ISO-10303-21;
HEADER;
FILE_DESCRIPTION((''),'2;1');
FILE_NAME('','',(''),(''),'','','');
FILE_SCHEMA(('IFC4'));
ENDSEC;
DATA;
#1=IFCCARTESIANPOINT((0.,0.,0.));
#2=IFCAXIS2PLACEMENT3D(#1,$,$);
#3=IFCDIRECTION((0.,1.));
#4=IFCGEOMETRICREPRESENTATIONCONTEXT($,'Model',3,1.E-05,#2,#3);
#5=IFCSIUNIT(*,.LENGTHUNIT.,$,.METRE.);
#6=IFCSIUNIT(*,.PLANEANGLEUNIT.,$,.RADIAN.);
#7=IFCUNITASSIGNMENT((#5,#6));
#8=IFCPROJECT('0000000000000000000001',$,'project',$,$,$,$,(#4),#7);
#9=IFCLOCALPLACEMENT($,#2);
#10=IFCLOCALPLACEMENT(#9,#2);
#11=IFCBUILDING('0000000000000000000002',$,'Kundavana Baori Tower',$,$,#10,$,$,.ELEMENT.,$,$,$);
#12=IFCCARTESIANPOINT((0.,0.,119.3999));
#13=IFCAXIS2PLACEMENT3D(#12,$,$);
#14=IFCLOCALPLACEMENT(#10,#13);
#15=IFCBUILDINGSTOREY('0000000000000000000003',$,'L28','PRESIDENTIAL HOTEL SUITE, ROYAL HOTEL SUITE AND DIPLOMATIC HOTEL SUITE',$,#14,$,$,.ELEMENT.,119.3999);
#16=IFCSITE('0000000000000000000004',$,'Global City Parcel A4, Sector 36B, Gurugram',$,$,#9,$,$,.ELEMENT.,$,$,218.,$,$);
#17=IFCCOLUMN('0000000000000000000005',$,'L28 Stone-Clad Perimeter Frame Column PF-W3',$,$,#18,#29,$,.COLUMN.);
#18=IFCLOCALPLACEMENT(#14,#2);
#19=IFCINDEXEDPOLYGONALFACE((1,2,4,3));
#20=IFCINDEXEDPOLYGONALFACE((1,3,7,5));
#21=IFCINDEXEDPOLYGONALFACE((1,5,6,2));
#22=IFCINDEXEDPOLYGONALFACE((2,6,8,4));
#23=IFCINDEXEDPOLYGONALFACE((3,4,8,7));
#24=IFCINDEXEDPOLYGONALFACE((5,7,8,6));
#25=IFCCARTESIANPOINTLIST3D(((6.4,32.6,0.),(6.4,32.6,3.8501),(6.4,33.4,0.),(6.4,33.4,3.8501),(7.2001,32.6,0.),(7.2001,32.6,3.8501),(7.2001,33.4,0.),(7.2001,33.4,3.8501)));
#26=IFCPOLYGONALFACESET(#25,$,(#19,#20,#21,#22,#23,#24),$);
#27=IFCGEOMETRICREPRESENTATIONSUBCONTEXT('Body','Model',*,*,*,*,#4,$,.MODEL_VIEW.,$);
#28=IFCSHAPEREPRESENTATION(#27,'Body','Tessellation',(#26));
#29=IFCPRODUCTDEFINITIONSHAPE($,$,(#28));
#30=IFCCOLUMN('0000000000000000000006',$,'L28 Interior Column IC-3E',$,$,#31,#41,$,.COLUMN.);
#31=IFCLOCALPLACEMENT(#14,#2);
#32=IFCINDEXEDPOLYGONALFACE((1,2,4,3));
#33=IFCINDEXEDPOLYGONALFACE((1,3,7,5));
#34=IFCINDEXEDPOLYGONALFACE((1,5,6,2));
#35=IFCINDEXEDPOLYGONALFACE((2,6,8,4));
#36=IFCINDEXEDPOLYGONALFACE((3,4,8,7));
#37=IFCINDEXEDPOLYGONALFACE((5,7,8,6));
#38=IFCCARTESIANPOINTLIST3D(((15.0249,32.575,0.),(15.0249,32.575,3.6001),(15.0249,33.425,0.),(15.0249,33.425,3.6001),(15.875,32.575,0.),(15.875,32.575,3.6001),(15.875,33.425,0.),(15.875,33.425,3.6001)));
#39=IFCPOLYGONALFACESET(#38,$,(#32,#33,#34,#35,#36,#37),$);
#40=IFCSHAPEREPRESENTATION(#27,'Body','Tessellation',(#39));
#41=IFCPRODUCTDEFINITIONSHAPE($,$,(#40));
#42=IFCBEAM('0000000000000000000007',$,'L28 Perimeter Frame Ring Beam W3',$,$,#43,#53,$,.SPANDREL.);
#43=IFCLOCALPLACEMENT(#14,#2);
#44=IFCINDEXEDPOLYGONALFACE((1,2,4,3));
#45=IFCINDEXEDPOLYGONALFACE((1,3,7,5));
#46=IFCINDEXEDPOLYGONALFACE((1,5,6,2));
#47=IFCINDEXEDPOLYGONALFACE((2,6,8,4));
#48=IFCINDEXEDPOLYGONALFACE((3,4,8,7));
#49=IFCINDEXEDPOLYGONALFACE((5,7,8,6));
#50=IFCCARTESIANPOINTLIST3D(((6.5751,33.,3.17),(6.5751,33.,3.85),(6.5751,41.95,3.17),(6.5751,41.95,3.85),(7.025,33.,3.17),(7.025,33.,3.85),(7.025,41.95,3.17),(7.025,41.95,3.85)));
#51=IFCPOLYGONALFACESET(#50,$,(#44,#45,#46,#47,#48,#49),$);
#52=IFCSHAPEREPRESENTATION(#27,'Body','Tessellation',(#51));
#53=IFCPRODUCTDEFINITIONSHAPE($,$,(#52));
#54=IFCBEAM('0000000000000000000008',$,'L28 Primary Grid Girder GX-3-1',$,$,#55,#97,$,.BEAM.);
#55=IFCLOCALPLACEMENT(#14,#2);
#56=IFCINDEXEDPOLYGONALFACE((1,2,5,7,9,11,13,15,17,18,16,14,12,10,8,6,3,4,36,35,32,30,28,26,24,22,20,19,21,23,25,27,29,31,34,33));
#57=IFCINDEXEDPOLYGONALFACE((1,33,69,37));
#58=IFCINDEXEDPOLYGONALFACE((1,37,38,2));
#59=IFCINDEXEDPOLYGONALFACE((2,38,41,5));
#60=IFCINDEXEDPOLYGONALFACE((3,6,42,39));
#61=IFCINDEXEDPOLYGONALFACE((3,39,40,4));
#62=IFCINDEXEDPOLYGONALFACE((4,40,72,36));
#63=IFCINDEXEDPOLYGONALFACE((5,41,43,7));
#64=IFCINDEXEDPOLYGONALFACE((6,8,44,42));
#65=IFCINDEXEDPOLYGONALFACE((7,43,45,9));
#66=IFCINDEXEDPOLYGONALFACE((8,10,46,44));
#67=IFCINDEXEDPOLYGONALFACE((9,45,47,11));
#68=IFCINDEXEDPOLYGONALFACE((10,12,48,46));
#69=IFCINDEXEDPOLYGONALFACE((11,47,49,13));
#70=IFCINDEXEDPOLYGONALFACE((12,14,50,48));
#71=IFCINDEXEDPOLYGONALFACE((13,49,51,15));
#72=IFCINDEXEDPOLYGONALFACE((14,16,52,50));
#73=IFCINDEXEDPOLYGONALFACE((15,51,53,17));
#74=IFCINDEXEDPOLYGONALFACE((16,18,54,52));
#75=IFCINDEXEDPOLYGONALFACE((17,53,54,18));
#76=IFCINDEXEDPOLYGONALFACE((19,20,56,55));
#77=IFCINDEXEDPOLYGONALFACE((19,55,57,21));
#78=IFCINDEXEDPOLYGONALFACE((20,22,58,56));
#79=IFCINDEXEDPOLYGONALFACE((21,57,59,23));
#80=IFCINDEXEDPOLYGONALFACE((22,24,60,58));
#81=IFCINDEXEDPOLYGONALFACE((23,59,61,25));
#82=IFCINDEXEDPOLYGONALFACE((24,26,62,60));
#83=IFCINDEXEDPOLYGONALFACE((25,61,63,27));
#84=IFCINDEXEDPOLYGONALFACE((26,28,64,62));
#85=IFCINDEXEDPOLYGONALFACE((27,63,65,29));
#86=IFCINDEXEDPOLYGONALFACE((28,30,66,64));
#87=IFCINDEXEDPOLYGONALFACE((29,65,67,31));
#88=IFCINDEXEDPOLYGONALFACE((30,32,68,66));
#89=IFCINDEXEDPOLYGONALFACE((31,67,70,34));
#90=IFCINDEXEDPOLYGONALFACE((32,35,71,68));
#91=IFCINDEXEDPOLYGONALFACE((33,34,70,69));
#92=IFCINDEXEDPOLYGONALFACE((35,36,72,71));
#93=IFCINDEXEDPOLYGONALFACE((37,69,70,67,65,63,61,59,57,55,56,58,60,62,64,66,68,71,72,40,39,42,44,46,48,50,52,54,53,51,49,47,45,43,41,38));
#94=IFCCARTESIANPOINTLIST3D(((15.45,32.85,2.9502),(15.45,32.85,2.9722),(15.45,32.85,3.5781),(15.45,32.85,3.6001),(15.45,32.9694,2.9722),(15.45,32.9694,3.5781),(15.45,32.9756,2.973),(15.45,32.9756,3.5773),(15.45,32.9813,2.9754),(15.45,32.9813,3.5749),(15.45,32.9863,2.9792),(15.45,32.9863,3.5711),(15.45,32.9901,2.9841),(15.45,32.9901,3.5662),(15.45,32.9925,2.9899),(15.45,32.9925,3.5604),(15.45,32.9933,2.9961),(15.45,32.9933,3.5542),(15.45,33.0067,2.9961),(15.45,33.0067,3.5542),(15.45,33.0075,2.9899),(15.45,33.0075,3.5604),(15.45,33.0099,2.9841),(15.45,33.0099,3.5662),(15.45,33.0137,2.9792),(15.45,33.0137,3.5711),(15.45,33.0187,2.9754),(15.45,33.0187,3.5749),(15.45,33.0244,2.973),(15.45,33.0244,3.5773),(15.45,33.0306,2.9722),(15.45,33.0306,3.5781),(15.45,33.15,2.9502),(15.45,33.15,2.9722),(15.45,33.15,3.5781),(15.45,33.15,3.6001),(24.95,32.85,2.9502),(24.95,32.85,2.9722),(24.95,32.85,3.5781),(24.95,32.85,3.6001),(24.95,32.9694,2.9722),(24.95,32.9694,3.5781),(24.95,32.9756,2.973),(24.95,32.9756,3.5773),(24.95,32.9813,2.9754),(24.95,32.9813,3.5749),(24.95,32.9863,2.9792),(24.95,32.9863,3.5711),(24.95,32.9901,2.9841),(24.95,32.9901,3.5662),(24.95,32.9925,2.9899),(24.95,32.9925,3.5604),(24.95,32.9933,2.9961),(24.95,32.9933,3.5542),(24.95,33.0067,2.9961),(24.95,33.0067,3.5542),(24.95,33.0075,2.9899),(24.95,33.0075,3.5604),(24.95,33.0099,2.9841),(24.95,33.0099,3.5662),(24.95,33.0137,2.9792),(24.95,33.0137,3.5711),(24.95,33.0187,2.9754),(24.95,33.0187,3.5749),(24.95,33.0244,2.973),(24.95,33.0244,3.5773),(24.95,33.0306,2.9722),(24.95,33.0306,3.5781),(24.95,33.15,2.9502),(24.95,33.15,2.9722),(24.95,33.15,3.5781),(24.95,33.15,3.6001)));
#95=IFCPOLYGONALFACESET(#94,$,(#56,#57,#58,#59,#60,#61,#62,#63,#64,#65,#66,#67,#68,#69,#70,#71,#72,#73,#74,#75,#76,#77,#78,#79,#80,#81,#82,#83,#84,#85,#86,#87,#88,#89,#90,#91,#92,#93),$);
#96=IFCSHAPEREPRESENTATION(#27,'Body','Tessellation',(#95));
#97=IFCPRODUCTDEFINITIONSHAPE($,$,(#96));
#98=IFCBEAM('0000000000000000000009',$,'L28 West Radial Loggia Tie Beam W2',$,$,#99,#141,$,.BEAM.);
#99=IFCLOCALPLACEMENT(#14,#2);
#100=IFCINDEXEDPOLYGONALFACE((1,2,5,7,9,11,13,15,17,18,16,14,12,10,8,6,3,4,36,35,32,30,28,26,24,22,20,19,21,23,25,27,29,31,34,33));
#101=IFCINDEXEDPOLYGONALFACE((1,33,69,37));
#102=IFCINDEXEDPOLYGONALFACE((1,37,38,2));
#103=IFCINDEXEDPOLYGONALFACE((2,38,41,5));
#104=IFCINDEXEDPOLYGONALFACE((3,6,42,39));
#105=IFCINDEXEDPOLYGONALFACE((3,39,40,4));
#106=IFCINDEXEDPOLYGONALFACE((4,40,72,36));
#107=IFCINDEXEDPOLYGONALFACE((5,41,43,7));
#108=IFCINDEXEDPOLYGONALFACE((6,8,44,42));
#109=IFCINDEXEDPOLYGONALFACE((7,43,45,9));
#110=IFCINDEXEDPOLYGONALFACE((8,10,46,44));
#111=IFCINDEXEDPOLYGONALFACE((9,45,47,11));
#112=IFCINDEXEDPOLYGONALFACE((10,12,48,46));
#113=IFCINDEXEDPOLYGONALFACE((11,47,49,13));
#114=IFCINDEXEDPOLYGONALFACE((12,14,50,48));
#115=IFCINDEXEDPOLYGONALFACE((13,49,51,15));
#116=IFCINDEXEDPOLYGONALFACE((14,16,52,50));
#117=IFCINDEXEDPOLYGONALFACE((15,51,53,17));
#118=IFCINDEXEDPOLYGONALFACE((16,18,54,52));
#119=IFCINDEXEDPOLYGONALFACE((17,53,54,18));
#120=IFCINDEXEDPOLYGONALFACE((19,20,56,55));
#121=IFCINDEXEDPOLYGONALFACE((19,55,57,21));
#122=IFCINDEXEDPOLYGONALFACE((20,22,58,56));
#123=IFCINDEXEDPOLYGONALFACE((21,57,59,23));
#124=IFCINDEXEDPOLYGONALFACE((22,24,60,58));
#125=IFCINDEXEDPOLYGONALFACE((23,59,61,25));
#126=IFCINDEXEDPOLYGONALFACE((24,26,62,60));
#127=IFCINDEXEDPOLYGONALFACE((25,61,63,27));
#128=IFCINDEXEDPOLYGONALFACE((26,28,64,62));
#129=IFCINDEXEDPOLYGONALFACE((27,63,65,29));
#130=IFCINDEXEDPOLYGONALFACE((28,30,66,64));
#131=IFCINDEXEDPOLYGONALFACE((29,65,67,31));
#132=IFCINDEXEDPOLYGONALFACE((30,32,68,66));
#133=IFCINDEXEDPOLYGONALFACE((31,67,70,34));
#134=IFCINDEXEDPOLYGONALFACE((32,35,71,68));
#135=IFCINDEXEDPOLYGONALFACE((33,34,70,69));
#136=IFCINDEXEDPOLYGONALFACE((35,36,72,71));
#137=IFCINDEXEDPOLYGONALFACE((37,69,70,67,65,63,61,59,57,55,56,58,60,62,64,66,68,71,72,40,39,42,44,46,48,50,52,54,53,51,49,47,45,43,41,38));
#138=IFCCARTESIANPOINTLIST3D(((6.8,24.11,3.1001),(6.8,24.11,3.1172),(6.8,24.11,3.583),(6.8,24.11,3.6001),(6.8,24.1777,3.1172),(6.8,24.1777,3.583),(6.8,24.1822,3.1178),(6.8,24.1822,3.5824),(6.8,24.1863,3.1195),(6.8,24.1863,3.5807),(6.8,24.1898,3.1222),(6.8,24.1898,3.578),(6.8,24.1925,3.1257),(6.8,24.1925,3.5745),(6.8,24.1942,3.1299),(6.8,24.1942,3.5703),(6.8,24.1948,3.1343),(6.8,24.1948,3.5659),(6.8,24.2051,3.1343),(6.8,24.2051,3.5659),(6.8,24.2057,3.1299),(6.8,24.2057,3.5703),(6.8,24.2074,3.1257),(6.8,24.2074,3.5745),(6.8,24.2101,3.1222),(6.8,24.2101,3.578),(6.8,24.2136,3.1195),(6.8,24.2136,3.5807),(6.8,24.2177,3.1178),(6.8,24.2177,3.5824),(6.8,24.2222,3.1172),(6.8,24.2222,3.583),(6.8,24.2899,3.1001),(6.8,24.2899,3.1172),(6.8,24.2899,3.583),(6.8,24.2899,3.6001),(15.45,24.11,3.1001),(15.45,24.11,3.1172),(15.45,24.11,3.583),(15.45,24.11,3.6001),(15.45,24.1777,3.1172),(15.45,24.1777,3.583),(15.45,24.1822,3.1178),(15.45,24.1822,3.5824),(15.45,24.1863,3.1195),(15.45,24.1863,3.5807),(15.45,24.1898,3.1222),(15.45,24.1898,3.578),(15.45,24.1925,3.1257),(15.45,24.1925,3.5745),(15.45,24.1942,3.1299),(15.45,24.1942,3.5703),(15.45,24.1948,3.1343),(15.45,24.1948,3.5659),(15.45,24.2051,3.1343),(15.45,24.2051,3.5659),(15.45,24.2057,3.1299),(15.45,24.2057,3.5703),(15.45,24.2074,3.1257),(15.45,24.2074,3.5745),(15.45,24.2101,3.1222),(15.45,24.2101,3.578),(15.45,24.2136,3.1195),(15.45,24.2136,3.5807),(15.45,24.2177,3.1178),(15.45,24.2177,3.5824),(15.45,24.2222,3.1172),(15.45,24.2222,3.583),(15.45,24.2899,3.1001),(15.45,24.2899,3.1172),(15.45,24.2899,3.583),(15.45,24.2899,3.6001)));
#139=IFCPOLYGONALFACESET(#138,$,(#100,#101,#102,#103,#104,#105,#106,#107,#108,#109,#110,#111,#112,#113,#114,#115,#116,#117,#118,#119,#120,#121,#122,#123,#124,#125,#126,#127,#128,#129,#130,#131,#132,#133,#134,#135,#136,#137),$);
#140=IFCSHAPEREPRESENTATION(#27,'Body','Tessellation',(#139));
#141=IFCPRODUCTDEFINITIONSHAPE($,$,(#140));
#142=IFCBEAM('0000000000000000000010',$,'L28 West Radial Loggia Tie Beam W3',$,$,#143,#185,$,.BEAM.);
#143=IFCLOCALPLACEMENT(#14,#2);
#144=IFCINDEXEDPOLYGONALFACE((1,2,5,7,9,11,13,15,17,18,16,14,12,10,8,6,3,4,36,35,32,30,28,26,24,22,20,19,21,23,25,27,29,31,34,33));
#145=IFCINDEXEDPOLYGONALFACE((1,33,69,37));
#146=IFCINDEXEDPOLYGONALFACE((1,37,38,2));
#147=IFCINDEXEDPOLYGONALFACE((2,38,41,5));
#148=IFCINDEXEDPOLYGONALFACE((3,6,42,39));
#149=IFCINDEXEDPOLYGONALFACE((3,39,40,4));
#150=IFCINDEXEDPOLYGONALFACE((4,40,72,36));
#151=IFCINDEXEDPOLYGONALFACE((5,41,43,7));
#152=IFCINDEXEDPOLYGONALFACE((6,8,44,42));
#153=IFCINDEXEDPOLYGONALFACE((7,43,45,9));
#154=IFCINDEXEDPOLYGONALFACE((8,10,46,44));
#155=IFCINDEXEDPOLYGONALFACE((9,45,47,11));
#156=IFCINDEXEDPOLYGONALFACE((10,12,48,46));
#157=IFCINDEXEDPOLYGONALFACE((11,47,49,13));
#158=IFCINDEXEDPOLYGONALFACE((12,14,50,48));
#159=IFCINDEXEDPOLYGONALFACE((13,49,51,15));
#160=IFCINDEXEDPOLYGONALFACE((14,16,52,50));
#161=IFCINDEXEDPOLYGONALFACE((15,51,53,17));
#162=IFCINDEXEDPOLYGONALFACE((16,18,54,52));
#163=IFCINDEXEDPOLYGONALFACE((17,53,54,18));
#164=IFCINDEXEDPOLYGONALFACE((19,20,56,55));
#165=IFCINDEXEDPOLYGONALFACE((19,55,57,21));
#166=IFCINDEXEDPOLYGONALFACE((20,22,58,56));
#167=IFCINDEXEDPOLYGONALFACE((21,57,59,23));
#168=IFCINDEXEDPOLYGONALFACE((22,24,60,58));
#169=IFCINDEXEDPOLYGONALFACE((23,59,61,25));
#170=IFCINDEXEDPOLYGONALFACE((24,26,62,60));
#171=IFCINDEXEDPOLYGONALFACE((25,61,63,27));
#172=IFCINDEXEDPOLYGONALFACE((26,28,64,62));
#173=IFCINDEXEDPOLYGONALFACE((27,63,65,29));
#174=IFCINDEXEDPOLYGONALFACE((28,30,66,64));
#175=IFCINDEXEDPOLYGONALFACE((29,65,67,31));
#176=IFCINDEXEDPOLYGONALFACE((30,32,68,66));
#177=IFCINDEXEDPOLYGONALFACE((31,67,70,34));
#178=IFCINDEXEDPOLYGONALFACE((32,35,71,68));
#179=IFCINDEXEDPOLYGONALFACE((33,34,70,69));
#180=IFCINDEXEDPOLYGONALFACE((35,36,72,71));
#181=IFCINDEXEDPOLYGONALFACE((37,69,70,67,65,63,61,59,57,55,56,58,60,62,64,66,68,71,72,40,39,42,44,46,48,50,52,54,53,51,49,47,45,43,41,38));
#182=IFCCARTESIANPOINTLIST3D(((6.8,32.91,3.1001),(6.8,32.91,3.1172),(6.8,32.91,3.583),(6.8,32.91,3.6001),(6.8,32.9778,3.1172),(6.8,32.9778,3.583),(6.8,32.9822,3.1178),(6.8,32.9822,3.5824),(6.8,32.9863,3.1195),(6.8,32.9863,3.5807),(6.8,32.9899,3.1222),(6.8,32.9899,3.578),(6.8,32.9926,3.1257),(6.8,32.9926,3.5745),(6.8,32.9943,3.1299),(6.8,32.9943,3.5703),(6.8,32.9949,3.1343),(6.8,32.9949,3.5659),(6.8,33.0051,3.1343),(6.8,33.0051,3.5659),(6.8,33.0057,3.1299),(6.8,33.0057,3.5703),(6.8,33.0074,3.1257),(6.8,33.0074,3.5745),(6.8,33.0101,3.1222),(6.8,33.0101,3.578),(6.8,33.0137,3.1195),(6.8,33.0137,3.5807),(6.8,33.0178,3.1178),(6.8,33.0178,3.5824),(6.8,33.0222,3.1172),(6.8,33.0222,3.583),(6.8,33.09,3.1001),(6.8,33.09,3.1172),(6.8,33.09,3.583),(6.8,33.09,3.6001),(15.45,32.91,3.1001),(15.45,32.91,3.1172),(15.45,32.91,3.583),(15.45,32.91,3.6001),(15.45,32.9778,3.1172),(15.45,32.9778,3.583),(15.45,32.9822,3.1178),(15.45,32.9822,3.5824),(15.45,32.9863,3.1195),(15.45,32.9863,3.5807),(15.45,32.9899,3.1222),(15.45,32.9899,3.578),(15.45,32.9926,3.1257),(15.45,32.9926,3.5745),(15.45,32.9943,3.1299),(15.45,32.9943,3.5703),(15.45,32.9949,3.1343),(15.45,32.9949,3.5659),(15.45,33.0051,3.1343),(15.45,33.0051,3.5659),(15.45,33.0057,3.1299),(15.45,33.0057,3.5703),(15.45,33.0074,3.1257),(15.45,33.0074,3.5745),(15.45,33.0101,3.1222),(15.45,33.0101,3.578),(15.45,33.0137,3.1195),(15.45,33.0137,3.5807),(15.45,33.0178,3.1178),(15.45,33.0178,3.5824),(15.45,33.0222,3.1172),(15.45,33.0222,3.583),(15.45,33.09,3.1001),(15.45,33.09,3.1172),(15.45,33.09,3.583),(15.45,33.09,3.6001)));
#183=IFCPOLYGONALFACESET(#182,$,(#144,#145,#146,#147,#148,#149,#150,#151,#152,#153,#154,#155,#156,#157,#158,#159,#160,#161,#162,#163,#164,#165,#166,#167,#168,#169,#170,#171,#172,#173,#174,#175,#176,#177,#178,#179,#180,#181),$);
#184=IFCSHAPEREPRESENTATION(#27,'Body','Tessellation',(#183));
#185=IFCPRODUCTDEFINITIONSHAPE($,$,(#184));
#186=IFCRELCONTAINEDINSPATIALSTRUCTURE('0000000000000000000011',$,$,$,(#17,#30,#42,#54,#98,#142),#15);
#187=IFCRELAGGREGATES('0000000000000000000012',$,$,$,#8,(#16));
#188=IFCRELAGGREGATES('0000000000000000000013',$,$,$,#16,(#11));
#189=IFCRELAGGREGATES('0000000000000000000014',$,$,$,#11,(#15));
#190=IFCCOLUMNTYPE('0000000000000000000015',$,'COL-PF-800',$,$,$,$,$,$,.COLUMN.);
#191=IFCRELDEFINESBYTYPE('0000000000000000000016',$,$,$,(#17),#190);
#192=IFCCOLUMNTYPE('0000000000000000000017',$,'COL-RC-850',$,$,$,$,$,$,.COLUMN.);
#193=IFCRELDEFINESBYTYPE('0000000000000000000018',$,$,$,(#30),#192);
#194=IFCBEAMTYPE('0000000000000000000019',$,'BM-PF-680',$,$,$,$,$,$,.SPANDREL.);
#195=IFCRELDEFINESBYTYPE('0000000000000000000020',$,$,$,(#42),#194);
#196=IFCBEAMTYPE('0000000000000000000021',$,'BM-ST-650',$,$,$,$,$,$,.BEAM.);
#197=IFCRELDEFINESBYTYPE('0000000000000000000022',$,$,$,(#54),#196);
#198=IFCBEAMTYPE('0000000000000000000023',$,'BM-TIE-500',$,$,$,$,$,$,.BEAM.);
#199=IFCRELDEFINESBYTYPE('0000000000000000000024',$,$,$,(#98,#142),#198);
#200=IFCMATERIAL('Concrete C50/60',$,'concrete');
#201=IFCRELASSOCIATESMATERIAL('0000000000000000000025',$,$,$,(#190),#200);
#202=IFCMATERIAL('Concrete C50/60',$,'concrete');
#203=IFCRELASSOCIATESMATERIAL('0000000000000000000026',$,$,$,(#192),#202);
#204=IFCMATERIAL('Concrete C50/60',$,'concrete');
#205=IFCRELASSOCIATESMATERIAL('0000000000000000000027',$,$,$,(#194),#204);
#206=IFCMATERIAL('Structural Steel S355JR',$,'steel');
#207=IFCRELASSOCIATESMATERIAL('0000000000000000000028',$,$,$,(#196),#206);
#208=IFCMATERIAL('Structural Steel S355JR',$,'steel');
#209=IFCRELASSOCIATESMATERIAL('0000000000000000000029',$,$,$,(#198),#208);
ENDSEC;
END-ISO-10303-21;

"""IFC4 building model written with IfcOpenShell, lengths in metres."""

from ifc_helpers import new_model, si_unit, direction, frame, origin, origin_2d, place, context, subcontext, project, spatial, rectangle, i_section, extrude, material, material_profile, profile_set, type_object, element, save


model = new_model("IFC4")

# Units and contexts
model_context = context("Model", 3, precision=1e-05, world=origin(), true_north=direction((0.0, 1.0)))
body_context = subcontext(model_context, "Body", "Model", "MODEL_VIEW")
ifc_project = project(units=[si_unit("LENGTHUNIT", "METRE"), si_unit("PLANEANGLEUNIT", "RADIAN")], contexts=[model_context])

# Site, building, storey
site_placement = place(None, origin())
site = spatial("IfcSite", under=ifc_project, at=site_placement, Name="Global City Parcel A4, Sector 36B, Gurugram", CompositionType="ELEMENT", RefElevation=218.0)
building_placement = place(site_placement, origin())
building = spatial("IfcBuilding", under=site, at=building_placement, Name="Kundavana Baori Tower", CompositionType="ELEMENT")
storey_placement = place(building_placement, frame((0.0, 0.0, 119.3999)))
storey = spatial("IfcBuildingStorey", under=building, at=storey_placement, Name="L28", Description="PRESIDENTIAL HOTEL SUITE, ROYAL HOTEL SUITE AND DIPLOMATIC HOTEL SUITE", CompositionType="ELEMENT", Elevation=119.3999)

# Columns
ifc_material_1 = material(Name="Concrete C50/60", Category="concrete")
ifc_material_profile_1 = material_profile(ifc_material_1, rectangle(XDim=0.8, YDim=0.8, at=origin_2d()), Name="RC PF 800x800")
ifc_profile_set_1 = profile_set([ifc_material_profile_1], Name="Concrete C50/60")
column_type_1 = type_object("IfcColumnType", Name="COL-PF-800", PredefinedType="COLUMN", material=ifc_profile_set_1)
column_1_placement = place(storey_placement, frame((6.8, 33.0, 0.0), z_axis=(0.0, 0.0, 1.0), x_axis=(1.0, 0.0, 0.0)))
element("IfcColumn", 1, at=column_1_placement, inside=storey, type_object=column_type_1, Name="L28 Stone-Clad Perimeter Frame Column PF-W3", PredefinedType="COLUMN", context=body_context, shape_type="SweptSolid", body=[
    extrude(rectangle(XDim=0.8, YDim=0.8, at=origin_2d()), origin(), (0.0, 0.0, 1.0), 3.8501),
])
ifc_material_2 = material(Name="Concrete C50/60", Category="concrete")
ifc_material_profile_2 = material_profile(ifc_material_2, rectangle(XDim=0.8501, YDim=0.8501, at=origin_2d()), Name="RC 850x850")
ifc_profile_set_2 = profile_set([ifc_material_profile_2], Name="Concrete C50/60")
column_type_2 = type_object("IfcColumnType", Name="COL-RC-850", PredefinedType="COLUMN", material=ifc_profile_set_2)
column_2_placement = place(storey_placement, frame((15.45, 33.0, 0.0), z_axis=(0.0, 0.0, 1.0), x_axis=(1.0, 0.0, 0.0)))
element("IfcColumn", 2, at=column_2_placement, inside=storey, type_object=column_type_2, Name="L28 Interior Column IC-3E", PredefinedType="COLUMN", context=body_context, shape_type="SweptSolid", body=[
    extrude(rectangle(XDim=0.8501, YDim=0.8501, at=origin_2d()), origin(), (0.0, 0.0, 1.0), 3.6001),
])

# Beams
ifc_material_3 = material(Name="Concrete C50/60", Category="concrete")
ifc_material_profile_3 = material_profile(ifc_material_3, rectangle(XDim=0.45, YDim=0.6799, at=origin_2d()), Name="RC BM 450x680")
ifc_profile_set_3 = profile_set([ifc_material_profile_3], Name="Concrete C50/60")
beam_type_1 = type_object("IfcBeamType", Name="BM-PF-680", PredefinedType="SPANDREL", material=ifc_profile_set_3)
beam_1_placement = place(storey_placement, frame((6.8, 33.0, 3.51), z_axis=(0.0, 1.0, 0.0), x_axis=(-1.0, 0.0, 0.0)))
element("IfcBeam", 3, at=beam_1_placement, inside=storey, type_object=beam_type_1, Name="L28 Perimeter Frame Ring Beam W3", PredefinedType="SPANDREL", context=body_context, shape_type="SweptSolid", body=[
    extrude(rectangle(XDim=0.45, YDim=0.6799, at=origin_2d()), origin(), (0.0, 0.0, 1.0), 8.95),
])
ifc_material_4 = material(Name="Structural Steel S355JR", Category="steel")
ifc_material_profile_4 = material_profile(ifc_material_4, i_section(OverallWidth=0.3, OverallDepth=0.6499, WebThickness=0.0134, FlangeThickness=0.022, FilletRadius=0.0239, at=origin_2d()), Name="NPB 650x300x155")
ifc_profile_set_4 = profile_set([ifc_material_profile_4], Name="Structural Steel S355JR")
beam_type_2 = type_object("IfcBeamType", Name="BM-ST-650", PredefinedType="BEAM", material=ifc_profile_set_4)
beam_2_placement = place(storey_placement, frame((15.45, 33.0, 3.2751), z_axis=(1.0, 0.0, 0.0), x_axis=(0.0, 1.0, 0.0)))
element("IfcBeam", 4, at=beam_2_placement, inside=storey, type_object=beam_type_2, Name="L28 Primary Grid Girder GX-3-1", PredefinedType="BEAM", context=body_context, shape_type="SweptSolid", body=[
    extrude(i_section(OverallWidth=0.3, OverallDepth=0.6499, WebThickness=0.0134, FlangeThickness=0.022, FilletRadius=0.0239, at=origin_2d()), origin(), (0.0, 0.0, 1.0), 9.5),
])
ifc_material_5 = material(Name="Structural Steel S355JR", Category="steel")
ifc_material_profile_5 = material_profile(ifc_material_5, i_section(OverallWidth=0.1799, OverallDepth=0.5, WebThickness=0.0103, FlangeThickness=0.0171, FilletRadius=0.0171, at=origin_2d()), Name="ISMB 500")
ifc_profile_set_5 = profile_set([ifc_material_profile_5], Name="Structural Steel S355JR")
beam_type_3 = type_object("IfcBeamType", Name="BM-TIE-500", PredefinedType="BEAM", material=ifc_profile_set_5)
for number, where, z_axis, x_axis, name in (
    (5, (15.45, 24.2, 3.3501), (-1.0, 0.0, 0.0), (0.0, -1.0, 0.0), "L28 West Radial Loggia Tie Beam W2"),
    (6, (15.45, 33.0, 3.3501), (-1.0, 0.0, 0.0), (0.0, -1.0, 0.0), "L28 West Radial Loggia Tie Beam W3"),
):
    element("IfcBeam", number, at=place(storey_placement, frame(where, z_axis=z_axis, x_axis=x_axis)), inside=storey, type_object=beam_type_3, Name=name, PredefinedType="BEAM", context=body_context, shape_type="SweptSolid", body=[
        extrude(i_section(OverallWidth=0.1799, OverallDepth=0.5, WebThickness=0.0103, FlangeThickness=0.0171, FilletRadius=0.0171, at=origin_2d()), origin(), (0.0, 0.0, 1.0), 8.6499),
    ])

save(model, "model.ifc")
